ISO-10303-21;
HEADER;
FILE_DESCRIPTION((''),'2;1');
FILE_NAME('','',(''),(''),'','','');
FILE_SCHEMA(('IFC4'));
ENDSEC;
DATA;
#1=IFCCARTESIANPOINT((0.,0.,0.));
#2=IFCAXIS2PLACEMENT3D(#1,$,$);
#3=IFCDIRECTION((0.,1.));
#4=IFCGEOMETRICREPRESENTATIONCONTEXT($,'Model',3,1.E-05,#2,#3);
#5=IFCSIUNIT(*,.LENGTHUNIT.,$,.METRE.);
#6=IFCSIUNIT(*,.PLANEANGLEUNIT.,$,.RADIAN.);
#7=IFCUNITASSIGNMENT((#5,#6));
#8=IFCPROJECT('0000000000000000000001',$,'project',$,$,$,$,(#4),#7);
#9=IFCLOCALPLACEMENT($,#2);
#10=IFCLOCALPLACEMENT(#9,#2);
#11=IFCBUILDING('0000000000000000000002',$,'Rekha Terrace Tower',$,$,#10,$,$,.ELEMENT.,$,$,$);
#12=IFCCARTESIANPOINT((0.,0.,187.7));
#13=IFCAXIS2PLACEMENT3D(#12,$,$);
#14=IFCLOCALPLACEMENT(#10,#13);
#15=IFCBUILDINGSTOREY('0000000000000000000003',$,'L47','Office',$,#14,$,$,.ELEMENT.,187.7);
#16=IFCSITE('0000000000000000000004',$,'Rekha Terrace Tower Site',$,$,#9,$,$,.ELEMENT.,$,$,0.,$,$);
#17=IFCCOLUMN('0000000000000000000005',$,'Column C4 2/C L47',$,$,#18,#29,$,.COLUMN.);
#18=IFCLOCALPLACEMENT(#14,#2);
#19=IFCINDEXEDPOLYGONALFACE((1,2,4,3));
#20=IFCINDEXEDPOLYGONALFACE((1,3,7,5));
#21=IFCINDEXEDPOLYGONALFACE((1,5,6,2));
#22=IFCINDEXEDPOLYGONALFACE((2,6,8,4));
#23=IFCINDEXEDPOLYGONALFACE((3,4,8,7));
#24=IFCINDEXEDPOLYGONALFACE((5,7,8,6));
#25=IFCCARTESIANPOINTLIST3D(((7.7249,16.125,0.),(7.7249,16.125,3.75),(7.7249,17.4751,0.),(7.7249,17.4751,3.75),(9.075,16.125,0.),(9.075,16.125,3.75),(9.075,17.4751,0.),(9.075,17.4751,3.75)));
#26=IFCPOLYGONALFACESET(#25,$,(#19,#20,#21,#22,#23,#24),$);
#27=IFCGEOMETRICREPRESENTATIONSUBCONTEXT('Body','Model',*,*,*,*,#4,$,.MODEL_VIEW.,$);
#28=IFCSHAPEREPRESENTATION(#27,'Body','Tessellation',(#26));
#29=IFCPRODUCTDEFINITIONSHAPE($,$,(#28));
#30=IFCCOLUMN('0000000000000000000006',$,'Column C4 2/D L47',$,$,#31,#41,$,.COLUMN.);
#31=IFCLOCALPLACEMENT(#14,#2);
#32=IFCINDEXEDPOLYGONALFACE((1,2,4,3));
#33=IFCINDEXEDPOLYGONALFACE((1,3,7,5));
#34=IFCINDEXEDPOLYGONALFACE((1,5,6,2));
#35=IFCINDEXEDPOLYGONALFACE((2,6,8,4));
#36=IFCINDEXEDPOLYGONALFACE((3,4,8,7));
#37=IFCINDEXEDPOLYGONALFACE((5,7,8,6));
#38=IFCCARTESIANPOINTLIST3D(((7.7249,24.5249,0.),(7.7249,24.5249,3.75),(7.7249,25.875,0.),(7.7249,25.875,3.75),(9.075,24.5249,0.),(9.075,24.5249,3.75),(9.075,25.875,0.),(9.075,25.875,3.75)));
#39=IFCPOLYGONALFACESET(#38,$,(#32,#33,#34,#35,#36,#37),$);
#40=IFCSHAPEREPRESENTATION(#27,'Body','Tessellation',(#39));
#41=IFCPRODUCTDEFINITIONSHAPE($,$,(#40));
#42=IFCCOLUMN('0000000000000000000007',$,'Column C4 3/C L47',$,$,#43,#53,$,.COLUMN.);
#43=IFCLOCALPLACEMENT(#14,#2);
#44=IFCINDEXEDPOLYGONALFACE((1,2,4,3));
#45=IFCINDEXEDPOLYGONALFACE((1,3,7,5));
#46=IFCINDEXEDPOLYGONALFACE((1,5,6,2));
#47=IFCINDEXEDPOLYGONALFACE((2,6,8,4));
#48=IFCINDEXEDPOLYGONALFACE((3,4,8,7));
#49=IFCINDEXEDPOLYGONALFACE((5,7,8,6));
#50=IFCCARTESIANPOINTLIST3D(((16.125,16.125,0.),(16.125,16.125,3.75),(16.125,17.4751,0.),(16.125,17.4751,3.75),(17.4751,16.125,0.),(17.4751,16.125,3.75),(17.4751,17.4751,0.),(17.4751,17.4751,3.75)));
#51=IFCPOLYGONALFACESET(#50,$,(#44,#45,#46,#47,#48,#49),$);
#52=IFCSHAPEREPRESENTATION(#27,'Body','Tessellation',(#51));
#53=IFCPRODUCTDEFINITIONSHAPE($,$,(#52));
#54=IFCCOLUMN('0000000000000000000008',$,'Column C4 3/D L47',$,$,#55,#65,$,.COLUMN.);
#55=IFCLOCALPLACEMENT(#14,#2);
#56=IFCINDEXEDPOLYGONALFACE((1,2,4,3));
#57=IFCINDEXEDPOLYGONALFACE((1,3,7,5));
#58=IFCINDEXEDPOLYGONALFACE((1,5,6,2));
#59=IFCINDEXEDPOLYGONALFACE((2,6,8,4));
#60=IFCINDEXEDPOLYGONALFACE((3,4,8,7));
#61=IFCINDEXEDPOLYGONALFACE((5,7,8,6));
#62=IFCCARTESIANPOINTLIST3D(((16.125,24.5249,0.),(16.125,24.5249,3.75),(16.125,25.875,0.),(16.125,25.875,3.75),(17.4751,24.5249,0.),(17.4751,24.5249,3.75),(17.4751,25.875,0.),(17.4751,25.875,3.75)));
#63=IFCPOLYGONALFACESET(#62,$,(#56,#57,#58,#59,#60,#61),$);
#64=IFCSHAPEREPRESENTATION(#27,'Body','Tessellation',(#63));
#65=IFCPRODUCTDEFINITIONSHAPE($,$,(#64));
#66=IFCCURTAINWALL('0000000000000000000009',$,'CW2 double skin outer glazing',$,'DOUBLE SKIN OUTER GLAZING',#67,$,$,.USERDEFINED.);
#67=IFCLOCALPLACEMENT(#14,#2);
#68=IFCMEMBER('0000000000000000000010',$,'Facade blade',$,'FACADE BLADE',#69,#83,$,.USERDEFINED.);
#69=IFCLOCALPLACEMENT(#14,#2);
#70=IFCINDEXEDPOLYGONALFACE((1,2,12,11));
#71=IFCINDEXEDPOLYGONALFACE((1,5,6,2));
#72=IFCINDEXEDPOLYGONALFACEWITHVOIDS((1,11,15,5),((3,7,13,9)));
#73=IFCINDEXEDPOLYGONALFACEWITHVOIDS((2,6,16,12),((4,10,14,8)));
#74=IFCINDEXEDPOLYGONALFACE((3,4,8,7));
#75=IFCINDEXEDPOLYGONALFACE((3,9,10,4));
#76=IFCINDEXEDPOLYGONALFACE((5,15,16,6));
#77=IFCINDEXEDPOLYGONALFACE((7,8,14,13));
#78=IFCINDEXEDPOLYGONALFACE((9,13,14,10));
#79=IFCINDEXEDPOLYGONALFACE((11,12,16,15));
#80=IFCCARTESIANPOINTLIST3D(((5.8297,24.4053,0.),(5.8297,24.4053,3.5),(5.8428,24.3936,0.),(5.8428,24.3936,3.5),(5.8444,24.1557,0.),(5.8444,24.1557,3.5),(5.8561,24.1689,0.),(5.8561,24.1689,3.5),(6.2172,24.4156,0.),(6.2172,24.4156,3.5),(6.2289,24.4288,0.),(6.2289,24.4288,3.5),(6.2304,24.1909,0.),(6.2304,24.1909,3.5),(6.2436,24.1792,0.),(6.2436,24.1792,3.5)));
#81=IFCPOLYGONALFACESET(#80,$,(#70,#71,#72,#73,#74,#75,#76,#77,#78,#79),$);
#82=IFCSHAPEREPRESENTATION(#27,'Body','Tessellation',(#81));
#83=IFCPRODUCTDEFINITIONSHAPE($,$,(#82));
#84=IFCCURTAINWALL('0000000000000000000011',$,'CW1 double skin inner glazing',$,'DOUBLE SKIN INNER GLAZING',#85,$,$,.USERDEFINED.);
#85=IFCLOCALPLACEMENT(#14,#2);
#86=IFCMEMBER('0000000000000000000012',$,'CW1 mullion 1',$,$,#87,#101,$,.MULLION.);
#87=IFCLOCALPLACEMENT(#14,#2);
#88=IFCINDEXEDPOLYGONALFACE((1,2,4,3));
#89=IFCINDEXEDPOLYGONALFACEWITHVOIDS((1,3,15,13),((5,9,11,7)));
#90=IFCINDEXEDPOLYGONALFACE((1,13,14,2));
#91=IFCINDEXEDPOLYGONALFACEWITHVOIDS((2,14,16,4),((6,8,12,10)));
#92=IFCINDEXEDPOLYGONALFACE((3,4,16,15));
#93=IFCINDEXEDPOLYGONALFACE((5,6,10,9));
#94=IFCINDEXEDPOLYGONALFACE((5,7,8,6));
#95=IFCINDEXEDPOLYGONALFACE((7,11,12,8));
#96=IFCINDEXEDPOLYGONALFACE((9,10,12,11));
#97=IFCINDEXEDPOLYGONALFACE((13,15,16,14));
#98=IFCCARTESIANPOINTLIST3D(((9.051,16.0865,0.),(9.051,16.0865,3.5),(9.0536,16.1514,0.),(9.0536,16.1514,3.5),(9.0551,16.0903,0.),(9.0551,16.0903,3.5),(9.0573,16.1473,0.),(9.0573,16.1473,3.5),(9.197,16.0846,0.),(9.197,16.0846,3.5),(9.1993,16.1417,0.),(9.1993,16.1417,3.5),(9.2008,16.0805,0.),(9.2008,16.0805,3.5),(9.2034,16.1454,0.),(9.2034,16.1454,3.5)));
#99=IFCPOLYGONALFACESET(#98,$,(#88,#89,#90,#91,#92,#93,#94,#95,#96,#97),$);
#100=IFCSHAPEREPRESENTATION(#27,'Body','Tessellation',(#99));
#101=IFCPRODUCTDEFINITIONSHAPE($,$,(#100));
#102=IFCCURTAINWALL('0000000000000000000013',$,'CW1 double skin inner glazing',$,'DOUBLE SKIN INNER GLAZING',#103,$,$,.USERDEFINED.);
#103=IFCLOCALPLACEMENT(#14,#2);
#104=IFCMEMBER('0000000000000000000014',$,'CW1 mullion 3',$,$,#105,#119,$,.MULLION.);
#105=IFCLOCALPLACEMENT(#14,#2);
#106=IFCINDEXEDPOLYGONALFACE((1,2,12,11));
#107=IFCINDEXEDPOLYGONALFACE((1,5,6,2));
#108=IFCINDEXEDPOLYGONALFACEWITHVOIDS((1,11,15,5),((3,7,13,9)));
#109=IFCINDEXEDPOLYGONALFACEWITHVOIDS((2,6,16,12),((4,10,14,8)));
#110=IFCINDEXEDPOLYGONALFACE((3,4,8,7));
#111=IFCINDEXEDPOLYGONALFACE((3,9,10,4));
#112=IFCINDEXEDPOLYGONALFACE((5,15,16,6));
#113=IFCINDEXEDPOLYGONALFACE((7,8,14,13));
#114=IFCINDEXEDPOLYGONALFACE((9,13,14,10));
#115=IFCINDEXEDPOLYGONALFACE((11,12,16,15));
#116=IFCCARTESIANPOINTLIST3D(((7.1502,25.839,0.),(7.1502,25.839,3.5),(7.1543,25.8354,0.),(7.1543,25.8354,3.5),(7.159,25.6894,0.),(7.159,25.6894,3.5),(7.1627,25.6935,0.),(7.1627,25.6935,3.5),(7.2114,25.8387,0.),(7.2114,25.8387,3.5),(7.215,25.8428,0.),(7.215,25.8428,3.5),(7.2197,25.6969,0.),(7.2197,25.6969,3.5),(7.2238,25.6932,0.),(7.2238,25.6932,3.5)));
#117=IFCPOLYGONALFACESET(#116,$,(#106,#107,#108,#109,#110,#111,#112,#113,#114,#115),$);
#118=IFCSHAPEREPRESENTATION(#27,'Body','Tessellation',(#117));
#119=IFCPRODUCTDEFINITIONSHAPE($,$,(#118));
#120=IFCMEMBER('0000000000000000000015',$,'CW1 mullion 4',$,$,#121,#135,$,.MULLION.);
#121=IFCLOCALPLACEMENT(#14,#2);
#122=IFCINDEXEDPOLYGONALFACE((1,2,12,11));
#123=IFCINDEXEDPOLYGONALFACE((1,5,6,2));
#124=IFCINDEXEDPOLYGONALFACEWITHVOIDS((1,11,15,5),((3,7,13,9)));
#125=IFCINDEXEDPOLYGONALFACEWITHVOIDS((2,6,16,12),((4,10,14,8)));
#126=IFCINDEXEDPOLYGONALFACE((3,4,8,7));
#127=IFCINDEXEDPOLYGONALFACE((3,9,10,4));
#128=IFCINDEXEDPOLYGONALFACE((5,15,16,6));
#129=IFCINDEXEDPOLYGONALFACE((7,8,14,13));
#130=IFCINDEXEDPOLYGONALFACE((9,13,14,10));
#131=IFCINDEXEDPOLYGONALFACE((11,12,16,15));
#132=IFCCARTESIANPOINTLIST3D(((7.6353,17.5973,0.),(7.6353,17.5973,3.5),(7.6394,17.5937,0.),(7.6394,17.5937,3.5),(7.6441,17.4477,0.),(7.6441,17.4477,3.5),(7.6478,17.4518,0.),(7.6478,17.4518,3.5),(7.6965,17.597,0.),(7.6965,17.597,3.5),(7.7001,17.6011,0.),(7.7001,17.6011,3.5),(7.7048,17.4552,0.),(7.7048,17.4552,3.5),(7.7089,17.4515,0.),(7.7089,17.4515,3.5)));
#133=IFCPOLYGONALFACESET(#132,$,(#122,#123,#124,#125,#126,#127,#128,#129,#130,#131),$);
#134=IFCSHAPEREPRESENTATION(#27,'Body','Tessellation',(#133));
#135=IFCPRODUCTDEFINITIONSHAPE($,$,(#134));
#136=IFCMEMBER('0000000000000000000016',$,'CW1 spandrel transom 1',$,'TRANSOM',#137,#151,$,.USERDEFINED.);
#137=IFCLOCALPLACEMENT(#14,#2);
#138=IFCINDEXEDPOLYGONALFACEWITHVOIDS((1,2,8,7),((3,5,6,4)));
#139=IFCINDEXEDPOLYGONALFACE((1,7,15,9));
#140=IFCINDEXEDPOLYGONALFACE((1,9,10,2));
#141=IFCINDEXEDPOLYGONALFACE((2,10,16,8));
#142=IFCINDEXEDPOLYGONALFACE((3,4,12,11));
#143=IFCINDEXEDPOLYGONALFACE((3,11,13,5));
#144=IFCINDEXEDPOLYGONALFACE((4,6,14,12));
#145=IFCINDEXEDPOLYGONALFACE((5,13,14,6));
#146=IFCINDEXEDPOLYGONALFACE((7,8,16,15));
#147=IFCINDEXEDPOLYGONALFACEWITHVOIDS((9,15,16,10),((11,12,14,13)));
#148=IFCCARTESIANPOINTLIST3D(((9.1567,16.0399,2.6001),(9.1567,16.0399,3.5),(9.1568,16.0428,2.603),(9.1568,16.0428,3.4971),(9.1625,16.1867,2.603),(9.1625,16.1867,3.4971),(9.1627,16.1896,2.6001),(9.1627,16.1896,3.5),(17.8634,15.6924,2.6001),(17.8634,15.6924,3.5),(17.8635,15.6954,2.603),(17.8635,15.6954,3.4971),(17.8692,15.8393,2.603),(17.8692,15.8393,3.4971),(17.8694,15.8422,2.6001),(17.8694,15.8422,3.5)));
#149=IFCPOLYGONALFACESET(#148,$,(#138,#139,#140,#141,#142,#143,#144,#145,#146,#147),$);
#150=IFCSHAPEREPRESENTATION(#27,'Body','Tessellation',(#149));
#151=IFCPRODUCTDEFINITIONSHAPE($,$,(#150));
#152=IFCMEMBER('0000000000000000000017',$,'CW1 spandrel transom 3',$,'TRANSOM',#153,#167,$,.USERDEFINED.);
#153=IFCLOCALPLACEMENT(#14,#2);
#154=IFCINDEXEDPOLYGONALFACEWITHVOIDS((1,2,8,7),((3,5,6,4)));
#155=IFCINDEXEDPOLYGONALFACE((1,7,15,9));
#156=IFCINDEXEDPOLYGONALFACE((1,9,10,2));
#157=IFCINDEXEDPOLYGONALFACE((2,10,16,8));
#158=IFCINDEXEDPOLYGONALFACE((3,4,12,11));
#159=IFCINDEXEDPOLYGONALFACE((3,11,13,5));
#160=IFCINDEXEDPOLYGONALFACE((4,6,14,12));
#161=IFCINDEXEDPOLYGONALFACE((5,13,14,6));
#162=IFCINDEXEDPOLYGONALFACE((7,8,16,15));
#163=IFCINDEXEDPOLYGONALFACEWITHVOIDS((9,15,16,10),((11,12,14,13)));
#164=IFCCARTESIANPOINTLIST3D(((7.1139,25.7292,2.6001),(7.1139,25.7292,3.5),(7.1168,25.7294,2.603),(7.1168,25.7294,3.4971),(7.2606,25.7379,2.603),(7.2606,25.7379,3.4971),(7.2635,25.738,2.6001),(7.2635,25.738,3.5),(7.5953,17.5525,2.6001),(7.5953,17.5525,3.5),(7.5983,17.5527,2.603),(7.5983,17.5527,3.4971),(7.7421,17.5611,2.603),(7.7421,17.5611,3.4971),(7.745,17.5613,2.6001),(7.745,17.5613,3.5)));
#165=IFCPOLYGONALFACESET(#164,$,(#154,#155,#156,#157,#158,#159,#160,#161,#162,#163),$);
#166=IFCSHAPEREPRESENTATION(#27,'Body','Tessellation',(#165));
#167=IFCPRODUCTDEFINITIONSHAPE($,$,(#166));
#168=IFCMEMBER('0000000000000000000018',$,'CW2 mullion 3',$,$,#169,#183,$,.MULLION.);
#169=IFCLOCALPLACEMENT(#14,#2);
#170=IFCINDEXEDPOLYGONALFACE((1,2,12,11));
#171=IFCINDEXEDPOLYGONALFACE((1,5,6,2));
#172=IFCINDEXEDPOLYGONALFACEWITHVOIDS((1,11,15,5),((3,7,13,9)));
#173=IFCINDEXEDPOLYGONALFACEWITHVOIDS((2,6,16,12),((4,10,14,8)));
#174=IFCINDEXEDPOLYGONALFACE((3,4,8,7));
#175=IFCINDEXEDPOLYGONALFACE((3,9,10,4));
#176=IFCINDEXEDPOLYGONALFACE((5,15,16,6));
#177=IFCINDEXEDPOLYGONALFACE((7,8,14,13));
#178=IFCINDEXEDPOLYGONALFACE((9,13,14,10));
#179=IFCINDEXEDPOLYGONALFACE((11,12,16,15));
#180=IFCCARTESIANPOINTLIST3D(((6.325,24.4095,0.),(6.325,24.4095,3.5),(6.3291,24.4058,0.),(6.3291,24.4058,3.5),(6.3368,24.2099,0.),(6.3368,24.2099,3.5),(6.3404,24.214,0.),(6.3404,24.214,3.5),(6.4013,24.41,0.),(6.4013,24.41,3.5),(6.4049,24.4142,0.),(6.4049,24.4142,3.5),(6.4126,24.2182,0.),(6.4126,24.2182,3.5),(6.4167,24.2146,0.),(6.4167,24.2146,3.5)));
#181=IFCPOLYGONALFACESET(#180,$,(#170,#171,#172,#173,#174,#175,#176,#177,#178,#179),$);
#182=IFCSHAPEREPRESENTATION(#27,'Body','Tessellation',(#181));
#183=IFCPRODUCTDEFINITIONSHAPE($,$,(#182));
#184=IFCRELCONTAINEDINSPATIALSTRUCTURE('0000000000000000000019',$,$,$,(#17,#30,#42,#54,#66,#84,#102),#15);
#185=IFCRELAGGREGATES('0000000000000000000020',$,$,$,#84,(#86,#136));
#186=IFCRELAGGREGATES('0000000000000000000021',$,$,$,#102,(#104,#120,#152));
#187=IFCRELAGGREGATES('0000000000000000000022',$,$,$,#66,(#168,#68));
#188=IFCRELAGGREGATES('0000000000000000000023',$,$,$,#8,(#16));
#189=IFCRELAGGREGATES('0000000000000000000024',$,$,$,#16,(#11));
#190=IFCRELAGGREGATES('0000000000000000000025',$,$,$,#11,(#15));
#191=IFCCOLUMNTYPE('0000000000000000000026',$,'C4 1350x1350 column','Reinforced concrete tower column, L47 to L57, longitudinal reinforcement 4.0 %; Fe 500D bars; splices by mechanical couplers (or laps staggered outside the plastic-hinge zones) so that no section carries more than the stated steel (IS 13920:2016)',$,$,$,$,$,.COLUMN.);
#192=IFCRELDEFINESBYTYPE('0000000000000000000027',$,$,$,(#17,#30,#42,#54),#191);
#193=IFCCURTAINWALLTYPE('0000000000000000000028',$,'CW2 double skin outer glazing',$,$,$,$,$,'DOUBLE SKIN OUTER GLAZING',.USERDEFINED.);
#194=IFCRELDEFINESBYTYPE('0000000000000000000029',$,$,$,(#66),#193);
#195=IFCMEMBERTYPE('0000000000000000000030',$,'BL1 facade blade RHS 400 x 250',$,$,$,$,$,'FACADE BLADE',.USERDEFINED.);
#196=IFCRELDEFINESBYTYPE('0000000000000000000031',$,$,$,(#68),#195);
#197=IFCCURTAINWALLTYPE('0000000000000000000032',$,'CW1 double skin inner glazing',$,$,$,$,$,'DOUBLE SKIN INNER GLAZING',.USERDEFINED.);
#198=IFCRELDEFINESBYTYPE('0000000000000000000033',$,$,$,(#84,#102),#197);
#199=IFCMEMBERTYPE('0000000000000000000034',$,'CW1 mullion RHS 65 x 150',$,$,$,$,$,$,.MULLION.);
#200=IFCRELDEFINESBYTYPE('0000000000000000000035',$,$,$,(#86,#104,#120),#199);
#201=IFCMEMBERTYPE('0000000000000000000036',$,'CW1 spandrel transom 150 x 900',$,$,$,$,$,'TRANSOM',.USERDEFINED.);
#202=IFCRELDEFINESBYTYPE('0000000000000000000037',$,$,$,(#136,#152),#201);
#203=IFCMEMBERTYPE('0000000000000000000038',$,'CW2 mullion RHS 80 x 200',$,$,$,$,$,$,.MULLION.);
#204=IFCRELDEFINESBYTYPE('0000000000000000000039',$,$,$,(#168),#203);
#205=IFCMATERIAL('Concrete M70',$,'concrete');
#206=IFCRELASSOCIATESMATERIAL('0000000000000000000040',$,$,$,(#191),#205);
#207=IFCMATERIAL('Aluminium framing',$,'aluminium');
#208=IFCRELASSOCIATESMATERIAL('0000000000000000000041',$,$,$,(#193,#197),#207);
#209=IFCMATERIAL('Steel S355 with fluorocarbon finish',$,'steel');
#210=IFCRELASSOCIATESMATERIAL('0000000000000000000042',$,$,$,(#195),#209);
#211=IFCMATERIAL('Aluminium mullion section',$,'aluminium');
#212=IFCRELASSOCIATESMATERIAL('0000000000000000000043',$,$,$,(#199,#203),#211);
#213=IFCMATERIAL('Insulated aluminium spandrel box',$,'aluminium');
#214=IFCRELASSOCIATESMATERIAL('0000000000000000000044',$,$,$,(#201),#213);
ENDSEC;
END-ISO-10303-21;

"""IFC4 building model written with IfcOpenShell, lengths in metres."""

from ifc_helpers import new_model, si_unit, direction, frame, origin, origin_2d, place, context, subcontext, project, spatial, rectangle, hollow_rectangle, extrude, material, material_profile, profile_set, type_object, element, aggregate, save


model = new_model("IFC4")

# Units and contexts
model_context = context("Model", 3, precision=1e-05, world=origin(), true_north=direction((0.0, 1.0)))
body_context = subcontext(model_context, "Body", "Model", "MODEL_VIEW")
ifc_project = project(units=[si_unit("LENGTHUNIT", "METRE"), si_unit("PLANEANGLEUNIT", "RADIAN")], contexts=[model_context])

# Site, building, storey
site_placement = place(None, origin())
site = spatial("IfcSite", under=ifc_project, at=site_placement, Name="Rekha Terrace Tower Site", CompositionType="ELEMENT", RefElevation=0.0)
building_placement = place(site_placement, origin())
building = spatial("IfcBuilding", under=site, at=building_placement, Name="Rekha Terrace Tower", CompositionType="ELEMENT")
storey_placement = place(building_placement, frame((0.0, 0.0, 187.7)))
storey = spatial("IfcBuildingStorey", under=building, at=storey_placement, Name="L47", Description="Office", CompositionType="ELEMENT", Elevation=187.7)

# Columns
ifc_material_1 = material(Name="Concrete M70", Category="concrete")
ifc_material_profile_1 = material_profile(ifc_material_1, rectangle(XDim=1.3501, YDim=1.3501, at=origin_2d()), Name="RC 1350x1350")
ifc_profile_set_1 = profile_set([ifc_material_profile_1], Name="Concrete M70")
column_type = type_object("IfcColumnType", Name="C4 1350x1350 column", Description="Reinforced concrete tower column, L47 to L57, longitudinal reinforcement 4.0 %; Fe 500D bars; splices by mechanical couplers (or laps staggered outside the plastic-hinge zones) so that no section carries more than the stated steel (IS 13920:2016)", PredefinedType="COLUMN", material=ifc_profile_set_1)
for number, where, z_axis, x_axis, name in (
    (1, (8.3999, 16.8, 0.0), (0.0, 0.0, 1.0), (1.0, 0.0, 0.0), "Column C4 2/C L47"),
    (2, (8.3999, 25.2, 0.0), (0.0, 0.0, 1.0), (1.0, 0.0, 0.0), "Column C4 2/D L47"),
    (3, (16.8, 16.8, 0.0), (0.0, 0.0, 1.0), (1.0, 0.0, 0.0), "Column C4 3/C L47"),
    (4, (16.8, 25.2, 0.0), (0.0, 0.0, 1.0), (1.0, 0.0, 0.0), "Column C4 3/D L47"),
):
    element("IfcColumn", number, at=place(storey_placement, frame(where, z_axis=z_axis, x_axis=x_axis)), inside=storey, type_object=column_type, Name=name, PredefinedType="COLUMN", context=body_context, shape_type="SweptSolid", body=[
        extrude(rectangle(XDim=1.3501, YDim=1.3501, at=origin_2d()), origin(), (0.0, 0.0, 1.0), 3.75),
    ])

# Curtain walls, members
ifc_material_2 = material(Name="Aluminium framing", Category="aluminium")
curtain_wall_type_1 = type_object("IfcCurtainWallType", Name="CW2 double skin outer glazing", ElementType="DOUBLE SKIN OUTER GLAZING", PredefinedType="USERDEFINED", material=ifc_material_2)
curtain_wall_1_placement = place(storey_placement, origin())
curtain_wall_1 = element("IfcCurtainWall", 5, at=curtain_wall_1_placement, inside=storey, type_object=curtain_wall_type_1, Name="CW2 double skin outer glazing", ObjectType="DOUBLE SKIN OUTER GLAZING", PredefinedType="USERDEFINED")
ifc_material_3 = material(Name="Steel S355 with fluorocarbon finish", Category="steel")
ifc_material_profile_2 = material_profile(ifc_material_3, hollow_rectangle(XDim=0.25, YDim=0.3999, WallThickness=0.0125, at=origin_2d()), Name="RHS400x250x12.5")
ifc_profile_set_2 = profile_set([ifc_material_profile_2], Name="Steel S355 with fluorocarbon finish")
member_type_1 = type_object("IfcMemberType", Name="BL1 facade blade RHS 400 x 250", ElementType="FACADE BLADE", PredefinedType="USERDEFINED", material=ifc_profile_set_2)
member_1_placement = place(storey_placement, frame((6.0366, 24.2922, 0.0), z_axis=(0.0, 0.0, 1.0), x_axis=(0.058765, -0.998272, 0.0)))
member_1 = element("IfcMember", 6, at=member_1_placement, type_object=member_type_1, Name="Facade blade", ObjectType="FACADE BLADE", PredefinedType="USERDEFINED", context=body_context, shape_type="SweptSolid", body=[
    extrude(hollow_rectangle(XDim=0.25, YDim=0.3999, WallThickness=0.0125, at=origin_2d()), origin(), (0.0, 0.0, 1.0), 3.5),
])
curtain_wall_type_2 = type_object("IfcCurtainWallType", Name="CW1 double skin inner glazing", ElementType="DOUBLE SKIN INNER GLAZING", PredefinedType="USERDEFINED", material=ifc_material_2)
curtain_wall_2_placement = place(storey_placement, origin())
curtain_wall_2 = element("IfcCurtainWall", 7, at=curtain_wall_2_placement, inside=storey, type_object=curtain_wall_type_2, Name="CW1 double skin inner glazing", ObjectType="DOUBLE SKIN INNER GLAZING", PredefinedType="USERDEFINED")
ifc_material_4 = material(Name="Aluminium mullion section", Category="aluminium")
ifc_material_profile_3 = material_profile(ifc_material_4, hollow_rectangle(XDim=0.0649, YDim=0.1499, WallThickness=0.0039, at=origin_2d()), Name="AL RHS 65x150")
ifc_profile_set_3 = profile_set([ifc_material_profile_3], Name="Aluminium mullion section")
member_type_2 = type_object("IfcMemberType", Name="CW1 mullion RHS 65 x 150", PredefinedType="MULLION", material=ifc_profile_set_3)
member_2_placement = place(storey_placement, frame((9.1272, 16.116, 0.0), z_axis=(0.0, 0.0, 1.0), x_axis=(0.039872, 0.999205, 0.0)))
member_2 = element("IfcMember", 8, at=member_2_placement, type_object=member_type_2, Name="CW1 mullion 1", PredefinedType="MULLION", context=body_context, shape_type="SweptSolid", body=[
    extrude(hollow_rectangle(XDim=0.0649, YDim=0.1499, WallThickness=0.0039, at=origin_2d()), origin(), (0.0, 0.0, 1.0), 3.5),
])

# Curtain wall, members
curtain_wall_3_placement = place(storey_placement, origin())
curtain_wall_3 = element("IfcCurtainWall", 9, at=curtain_wall_3_placement, inside=storey, type_object=curtain_wall_type_2, Name="CW1 double skin inner glazing", ObjectType="DOUBLE SKIN INNER GLAZING", PredefinedType="USERDEFINED")
member_3_placement = place(storey_placement, frame((7.187, 25.7661, 0.0), z_axis=(0.0, 0.0, 1.0), x_axis=(0.998272, 0.058765, 0.0)))
member_3 = element("IfcMember", 10, at=member_3_placement, type_object=member_type_2, Name="CW1 mullion 3", PredefinedType="MULLION", context=body_context, shape_type="SweptSolid", body=[
    extrude(hollow_rectangle(XDim=0.0649, YDim=0.1499, WallThickness=0.0039, at=origin_2d()), origin(), (0.0, 0.0, 1.0), 3.5),
])
member_4_placement = place(storey_placement, frame((7.6721, 17.5244, 0.0), z_axis=(0.0, 0.0, 1.0), x_axis=(0.998272, 0.058765, 0.0)))
member_4 = element("IfcMember", 11, at=member_4_placement, type_object=member_type_2, Name="CW1 mullion 4", PredefinedType="MULLION", context=body_context, shape_type="SweptSolid", body=[
    extrude(hollow_rectangle(XDim=0.0649, YDim=0.1499, WallThickness=0.0039, at=origin_2d()), origin(), (0.0, 0.0, 1.0), 3.5),
])

# Members
ifc_material_5 = material(Name="Insulated aluminium spandrel box", Category="aluminium")
ifc_material_profile_4 = material_profile(ifc_material_5, hollow_rectangle(XDim=0.1499, YDim=0.8999, WallThickness=0.0029, at=origin_2d()), Name="AL SPANDREL BOX 150x900")
ifc_profile_set_4 = profile_set([ifc_material_profile_4], Name="Insulated aluminium spandrel box")
member_type_3 = type_object("IfcMemberType", Name="CW1 spandrel transom 150 x 900", ElementType="TRANSOM", PredefinedType="USERDEFINED", material=ifc_profile_set_4)
member_5_placement = place(storey_placement, frame((9.1597, 16.1147, 3.05), z_axis=(0.999205, -0.03987, 0.0), x_axis=(0.03987, 0.999205, 0.0)))
member_5 = element("IfcMember", 12, at=member_5_placement, type_object=member_type_3, Name="CW1 spandrel transom 1", ObjectType="TRANSOM", PredefinedType="USERDEFINED", context=body_context, shape_type="SweptSolid", body=[
    extrude(hollow_rectangle(XDim=0.1499, YDim=0.8999, WallThickness=0.0029, at=origin_2d()), origin(), (0.0, 0.0, 1.0), 8.7136),
])
member_6_placement = place(storey_placement, frame((7.1887, 25.7336, 3.05), z_axis=(0.058778, -0.998271, 0.0), x_axis=(0.998271, 0.058778, 0.0)))
member_6 = element("IfcMember", 13, at=member_6_placement, type_object=member_type_3, Name="CW1 spandrel transom 3", ObjectType="TRANSOM", PredefinedType="USERDEFINED", context=body_context, shape_type="SweptSolid", body=[
    extrude(hollow_rectangle(XDim=0.1499, YDim=0.8999, WallThickness=0.0029, at=origin_2d()), origin(), (0.0, 0.0, 1.0), 8.1909),
])
ifc_material_profile_5 = material_profile(ifc_material_4, hollow_rectangle(XDim=0.0801, YDim=0.2, WallThickness=0.0039, at=origin_2d()), Name="AL RHS 80x200")
ifc_profile_set_5 = profile_set([ifc_material_profile_5], Name="Aluminium mullion section")
member_type_4 = type_object("IfcMemberType", Name="CW2 mullion RHS 80 x 200", PredefinedType="MULLION", material=ifc_profile_set_5)
member_7_placement = place(storey_placement, frame((6.3708, 24.312, 0.0), z_axis=(0.0, 0.0, 1.0), x_axis=(0.998272, 0.058765, 0.0)))
member_7 = element("IfcMember", 14, at=member_7_placement, type_object=member_type_4, Name="CW2 mullion 3", PredefinedType="MULLION", context=body_context, shape_type="SweptSolid", body=[
    extrude(hollow_rectangle(XDim=0.0801, YDim=0.2, WallThickness=0.0039, at=origin_2d()), origin(), (0.0, 0.0, 1.0), 3.5),
])

aggregate(curtain_wall_2, [member_2, member_5])
aggregate(curtain_wall_3, [member_3, member_4, member_6])
aggregate(curtain_wall_1, [member_7, member_1])

save(model, "model.ifc")
